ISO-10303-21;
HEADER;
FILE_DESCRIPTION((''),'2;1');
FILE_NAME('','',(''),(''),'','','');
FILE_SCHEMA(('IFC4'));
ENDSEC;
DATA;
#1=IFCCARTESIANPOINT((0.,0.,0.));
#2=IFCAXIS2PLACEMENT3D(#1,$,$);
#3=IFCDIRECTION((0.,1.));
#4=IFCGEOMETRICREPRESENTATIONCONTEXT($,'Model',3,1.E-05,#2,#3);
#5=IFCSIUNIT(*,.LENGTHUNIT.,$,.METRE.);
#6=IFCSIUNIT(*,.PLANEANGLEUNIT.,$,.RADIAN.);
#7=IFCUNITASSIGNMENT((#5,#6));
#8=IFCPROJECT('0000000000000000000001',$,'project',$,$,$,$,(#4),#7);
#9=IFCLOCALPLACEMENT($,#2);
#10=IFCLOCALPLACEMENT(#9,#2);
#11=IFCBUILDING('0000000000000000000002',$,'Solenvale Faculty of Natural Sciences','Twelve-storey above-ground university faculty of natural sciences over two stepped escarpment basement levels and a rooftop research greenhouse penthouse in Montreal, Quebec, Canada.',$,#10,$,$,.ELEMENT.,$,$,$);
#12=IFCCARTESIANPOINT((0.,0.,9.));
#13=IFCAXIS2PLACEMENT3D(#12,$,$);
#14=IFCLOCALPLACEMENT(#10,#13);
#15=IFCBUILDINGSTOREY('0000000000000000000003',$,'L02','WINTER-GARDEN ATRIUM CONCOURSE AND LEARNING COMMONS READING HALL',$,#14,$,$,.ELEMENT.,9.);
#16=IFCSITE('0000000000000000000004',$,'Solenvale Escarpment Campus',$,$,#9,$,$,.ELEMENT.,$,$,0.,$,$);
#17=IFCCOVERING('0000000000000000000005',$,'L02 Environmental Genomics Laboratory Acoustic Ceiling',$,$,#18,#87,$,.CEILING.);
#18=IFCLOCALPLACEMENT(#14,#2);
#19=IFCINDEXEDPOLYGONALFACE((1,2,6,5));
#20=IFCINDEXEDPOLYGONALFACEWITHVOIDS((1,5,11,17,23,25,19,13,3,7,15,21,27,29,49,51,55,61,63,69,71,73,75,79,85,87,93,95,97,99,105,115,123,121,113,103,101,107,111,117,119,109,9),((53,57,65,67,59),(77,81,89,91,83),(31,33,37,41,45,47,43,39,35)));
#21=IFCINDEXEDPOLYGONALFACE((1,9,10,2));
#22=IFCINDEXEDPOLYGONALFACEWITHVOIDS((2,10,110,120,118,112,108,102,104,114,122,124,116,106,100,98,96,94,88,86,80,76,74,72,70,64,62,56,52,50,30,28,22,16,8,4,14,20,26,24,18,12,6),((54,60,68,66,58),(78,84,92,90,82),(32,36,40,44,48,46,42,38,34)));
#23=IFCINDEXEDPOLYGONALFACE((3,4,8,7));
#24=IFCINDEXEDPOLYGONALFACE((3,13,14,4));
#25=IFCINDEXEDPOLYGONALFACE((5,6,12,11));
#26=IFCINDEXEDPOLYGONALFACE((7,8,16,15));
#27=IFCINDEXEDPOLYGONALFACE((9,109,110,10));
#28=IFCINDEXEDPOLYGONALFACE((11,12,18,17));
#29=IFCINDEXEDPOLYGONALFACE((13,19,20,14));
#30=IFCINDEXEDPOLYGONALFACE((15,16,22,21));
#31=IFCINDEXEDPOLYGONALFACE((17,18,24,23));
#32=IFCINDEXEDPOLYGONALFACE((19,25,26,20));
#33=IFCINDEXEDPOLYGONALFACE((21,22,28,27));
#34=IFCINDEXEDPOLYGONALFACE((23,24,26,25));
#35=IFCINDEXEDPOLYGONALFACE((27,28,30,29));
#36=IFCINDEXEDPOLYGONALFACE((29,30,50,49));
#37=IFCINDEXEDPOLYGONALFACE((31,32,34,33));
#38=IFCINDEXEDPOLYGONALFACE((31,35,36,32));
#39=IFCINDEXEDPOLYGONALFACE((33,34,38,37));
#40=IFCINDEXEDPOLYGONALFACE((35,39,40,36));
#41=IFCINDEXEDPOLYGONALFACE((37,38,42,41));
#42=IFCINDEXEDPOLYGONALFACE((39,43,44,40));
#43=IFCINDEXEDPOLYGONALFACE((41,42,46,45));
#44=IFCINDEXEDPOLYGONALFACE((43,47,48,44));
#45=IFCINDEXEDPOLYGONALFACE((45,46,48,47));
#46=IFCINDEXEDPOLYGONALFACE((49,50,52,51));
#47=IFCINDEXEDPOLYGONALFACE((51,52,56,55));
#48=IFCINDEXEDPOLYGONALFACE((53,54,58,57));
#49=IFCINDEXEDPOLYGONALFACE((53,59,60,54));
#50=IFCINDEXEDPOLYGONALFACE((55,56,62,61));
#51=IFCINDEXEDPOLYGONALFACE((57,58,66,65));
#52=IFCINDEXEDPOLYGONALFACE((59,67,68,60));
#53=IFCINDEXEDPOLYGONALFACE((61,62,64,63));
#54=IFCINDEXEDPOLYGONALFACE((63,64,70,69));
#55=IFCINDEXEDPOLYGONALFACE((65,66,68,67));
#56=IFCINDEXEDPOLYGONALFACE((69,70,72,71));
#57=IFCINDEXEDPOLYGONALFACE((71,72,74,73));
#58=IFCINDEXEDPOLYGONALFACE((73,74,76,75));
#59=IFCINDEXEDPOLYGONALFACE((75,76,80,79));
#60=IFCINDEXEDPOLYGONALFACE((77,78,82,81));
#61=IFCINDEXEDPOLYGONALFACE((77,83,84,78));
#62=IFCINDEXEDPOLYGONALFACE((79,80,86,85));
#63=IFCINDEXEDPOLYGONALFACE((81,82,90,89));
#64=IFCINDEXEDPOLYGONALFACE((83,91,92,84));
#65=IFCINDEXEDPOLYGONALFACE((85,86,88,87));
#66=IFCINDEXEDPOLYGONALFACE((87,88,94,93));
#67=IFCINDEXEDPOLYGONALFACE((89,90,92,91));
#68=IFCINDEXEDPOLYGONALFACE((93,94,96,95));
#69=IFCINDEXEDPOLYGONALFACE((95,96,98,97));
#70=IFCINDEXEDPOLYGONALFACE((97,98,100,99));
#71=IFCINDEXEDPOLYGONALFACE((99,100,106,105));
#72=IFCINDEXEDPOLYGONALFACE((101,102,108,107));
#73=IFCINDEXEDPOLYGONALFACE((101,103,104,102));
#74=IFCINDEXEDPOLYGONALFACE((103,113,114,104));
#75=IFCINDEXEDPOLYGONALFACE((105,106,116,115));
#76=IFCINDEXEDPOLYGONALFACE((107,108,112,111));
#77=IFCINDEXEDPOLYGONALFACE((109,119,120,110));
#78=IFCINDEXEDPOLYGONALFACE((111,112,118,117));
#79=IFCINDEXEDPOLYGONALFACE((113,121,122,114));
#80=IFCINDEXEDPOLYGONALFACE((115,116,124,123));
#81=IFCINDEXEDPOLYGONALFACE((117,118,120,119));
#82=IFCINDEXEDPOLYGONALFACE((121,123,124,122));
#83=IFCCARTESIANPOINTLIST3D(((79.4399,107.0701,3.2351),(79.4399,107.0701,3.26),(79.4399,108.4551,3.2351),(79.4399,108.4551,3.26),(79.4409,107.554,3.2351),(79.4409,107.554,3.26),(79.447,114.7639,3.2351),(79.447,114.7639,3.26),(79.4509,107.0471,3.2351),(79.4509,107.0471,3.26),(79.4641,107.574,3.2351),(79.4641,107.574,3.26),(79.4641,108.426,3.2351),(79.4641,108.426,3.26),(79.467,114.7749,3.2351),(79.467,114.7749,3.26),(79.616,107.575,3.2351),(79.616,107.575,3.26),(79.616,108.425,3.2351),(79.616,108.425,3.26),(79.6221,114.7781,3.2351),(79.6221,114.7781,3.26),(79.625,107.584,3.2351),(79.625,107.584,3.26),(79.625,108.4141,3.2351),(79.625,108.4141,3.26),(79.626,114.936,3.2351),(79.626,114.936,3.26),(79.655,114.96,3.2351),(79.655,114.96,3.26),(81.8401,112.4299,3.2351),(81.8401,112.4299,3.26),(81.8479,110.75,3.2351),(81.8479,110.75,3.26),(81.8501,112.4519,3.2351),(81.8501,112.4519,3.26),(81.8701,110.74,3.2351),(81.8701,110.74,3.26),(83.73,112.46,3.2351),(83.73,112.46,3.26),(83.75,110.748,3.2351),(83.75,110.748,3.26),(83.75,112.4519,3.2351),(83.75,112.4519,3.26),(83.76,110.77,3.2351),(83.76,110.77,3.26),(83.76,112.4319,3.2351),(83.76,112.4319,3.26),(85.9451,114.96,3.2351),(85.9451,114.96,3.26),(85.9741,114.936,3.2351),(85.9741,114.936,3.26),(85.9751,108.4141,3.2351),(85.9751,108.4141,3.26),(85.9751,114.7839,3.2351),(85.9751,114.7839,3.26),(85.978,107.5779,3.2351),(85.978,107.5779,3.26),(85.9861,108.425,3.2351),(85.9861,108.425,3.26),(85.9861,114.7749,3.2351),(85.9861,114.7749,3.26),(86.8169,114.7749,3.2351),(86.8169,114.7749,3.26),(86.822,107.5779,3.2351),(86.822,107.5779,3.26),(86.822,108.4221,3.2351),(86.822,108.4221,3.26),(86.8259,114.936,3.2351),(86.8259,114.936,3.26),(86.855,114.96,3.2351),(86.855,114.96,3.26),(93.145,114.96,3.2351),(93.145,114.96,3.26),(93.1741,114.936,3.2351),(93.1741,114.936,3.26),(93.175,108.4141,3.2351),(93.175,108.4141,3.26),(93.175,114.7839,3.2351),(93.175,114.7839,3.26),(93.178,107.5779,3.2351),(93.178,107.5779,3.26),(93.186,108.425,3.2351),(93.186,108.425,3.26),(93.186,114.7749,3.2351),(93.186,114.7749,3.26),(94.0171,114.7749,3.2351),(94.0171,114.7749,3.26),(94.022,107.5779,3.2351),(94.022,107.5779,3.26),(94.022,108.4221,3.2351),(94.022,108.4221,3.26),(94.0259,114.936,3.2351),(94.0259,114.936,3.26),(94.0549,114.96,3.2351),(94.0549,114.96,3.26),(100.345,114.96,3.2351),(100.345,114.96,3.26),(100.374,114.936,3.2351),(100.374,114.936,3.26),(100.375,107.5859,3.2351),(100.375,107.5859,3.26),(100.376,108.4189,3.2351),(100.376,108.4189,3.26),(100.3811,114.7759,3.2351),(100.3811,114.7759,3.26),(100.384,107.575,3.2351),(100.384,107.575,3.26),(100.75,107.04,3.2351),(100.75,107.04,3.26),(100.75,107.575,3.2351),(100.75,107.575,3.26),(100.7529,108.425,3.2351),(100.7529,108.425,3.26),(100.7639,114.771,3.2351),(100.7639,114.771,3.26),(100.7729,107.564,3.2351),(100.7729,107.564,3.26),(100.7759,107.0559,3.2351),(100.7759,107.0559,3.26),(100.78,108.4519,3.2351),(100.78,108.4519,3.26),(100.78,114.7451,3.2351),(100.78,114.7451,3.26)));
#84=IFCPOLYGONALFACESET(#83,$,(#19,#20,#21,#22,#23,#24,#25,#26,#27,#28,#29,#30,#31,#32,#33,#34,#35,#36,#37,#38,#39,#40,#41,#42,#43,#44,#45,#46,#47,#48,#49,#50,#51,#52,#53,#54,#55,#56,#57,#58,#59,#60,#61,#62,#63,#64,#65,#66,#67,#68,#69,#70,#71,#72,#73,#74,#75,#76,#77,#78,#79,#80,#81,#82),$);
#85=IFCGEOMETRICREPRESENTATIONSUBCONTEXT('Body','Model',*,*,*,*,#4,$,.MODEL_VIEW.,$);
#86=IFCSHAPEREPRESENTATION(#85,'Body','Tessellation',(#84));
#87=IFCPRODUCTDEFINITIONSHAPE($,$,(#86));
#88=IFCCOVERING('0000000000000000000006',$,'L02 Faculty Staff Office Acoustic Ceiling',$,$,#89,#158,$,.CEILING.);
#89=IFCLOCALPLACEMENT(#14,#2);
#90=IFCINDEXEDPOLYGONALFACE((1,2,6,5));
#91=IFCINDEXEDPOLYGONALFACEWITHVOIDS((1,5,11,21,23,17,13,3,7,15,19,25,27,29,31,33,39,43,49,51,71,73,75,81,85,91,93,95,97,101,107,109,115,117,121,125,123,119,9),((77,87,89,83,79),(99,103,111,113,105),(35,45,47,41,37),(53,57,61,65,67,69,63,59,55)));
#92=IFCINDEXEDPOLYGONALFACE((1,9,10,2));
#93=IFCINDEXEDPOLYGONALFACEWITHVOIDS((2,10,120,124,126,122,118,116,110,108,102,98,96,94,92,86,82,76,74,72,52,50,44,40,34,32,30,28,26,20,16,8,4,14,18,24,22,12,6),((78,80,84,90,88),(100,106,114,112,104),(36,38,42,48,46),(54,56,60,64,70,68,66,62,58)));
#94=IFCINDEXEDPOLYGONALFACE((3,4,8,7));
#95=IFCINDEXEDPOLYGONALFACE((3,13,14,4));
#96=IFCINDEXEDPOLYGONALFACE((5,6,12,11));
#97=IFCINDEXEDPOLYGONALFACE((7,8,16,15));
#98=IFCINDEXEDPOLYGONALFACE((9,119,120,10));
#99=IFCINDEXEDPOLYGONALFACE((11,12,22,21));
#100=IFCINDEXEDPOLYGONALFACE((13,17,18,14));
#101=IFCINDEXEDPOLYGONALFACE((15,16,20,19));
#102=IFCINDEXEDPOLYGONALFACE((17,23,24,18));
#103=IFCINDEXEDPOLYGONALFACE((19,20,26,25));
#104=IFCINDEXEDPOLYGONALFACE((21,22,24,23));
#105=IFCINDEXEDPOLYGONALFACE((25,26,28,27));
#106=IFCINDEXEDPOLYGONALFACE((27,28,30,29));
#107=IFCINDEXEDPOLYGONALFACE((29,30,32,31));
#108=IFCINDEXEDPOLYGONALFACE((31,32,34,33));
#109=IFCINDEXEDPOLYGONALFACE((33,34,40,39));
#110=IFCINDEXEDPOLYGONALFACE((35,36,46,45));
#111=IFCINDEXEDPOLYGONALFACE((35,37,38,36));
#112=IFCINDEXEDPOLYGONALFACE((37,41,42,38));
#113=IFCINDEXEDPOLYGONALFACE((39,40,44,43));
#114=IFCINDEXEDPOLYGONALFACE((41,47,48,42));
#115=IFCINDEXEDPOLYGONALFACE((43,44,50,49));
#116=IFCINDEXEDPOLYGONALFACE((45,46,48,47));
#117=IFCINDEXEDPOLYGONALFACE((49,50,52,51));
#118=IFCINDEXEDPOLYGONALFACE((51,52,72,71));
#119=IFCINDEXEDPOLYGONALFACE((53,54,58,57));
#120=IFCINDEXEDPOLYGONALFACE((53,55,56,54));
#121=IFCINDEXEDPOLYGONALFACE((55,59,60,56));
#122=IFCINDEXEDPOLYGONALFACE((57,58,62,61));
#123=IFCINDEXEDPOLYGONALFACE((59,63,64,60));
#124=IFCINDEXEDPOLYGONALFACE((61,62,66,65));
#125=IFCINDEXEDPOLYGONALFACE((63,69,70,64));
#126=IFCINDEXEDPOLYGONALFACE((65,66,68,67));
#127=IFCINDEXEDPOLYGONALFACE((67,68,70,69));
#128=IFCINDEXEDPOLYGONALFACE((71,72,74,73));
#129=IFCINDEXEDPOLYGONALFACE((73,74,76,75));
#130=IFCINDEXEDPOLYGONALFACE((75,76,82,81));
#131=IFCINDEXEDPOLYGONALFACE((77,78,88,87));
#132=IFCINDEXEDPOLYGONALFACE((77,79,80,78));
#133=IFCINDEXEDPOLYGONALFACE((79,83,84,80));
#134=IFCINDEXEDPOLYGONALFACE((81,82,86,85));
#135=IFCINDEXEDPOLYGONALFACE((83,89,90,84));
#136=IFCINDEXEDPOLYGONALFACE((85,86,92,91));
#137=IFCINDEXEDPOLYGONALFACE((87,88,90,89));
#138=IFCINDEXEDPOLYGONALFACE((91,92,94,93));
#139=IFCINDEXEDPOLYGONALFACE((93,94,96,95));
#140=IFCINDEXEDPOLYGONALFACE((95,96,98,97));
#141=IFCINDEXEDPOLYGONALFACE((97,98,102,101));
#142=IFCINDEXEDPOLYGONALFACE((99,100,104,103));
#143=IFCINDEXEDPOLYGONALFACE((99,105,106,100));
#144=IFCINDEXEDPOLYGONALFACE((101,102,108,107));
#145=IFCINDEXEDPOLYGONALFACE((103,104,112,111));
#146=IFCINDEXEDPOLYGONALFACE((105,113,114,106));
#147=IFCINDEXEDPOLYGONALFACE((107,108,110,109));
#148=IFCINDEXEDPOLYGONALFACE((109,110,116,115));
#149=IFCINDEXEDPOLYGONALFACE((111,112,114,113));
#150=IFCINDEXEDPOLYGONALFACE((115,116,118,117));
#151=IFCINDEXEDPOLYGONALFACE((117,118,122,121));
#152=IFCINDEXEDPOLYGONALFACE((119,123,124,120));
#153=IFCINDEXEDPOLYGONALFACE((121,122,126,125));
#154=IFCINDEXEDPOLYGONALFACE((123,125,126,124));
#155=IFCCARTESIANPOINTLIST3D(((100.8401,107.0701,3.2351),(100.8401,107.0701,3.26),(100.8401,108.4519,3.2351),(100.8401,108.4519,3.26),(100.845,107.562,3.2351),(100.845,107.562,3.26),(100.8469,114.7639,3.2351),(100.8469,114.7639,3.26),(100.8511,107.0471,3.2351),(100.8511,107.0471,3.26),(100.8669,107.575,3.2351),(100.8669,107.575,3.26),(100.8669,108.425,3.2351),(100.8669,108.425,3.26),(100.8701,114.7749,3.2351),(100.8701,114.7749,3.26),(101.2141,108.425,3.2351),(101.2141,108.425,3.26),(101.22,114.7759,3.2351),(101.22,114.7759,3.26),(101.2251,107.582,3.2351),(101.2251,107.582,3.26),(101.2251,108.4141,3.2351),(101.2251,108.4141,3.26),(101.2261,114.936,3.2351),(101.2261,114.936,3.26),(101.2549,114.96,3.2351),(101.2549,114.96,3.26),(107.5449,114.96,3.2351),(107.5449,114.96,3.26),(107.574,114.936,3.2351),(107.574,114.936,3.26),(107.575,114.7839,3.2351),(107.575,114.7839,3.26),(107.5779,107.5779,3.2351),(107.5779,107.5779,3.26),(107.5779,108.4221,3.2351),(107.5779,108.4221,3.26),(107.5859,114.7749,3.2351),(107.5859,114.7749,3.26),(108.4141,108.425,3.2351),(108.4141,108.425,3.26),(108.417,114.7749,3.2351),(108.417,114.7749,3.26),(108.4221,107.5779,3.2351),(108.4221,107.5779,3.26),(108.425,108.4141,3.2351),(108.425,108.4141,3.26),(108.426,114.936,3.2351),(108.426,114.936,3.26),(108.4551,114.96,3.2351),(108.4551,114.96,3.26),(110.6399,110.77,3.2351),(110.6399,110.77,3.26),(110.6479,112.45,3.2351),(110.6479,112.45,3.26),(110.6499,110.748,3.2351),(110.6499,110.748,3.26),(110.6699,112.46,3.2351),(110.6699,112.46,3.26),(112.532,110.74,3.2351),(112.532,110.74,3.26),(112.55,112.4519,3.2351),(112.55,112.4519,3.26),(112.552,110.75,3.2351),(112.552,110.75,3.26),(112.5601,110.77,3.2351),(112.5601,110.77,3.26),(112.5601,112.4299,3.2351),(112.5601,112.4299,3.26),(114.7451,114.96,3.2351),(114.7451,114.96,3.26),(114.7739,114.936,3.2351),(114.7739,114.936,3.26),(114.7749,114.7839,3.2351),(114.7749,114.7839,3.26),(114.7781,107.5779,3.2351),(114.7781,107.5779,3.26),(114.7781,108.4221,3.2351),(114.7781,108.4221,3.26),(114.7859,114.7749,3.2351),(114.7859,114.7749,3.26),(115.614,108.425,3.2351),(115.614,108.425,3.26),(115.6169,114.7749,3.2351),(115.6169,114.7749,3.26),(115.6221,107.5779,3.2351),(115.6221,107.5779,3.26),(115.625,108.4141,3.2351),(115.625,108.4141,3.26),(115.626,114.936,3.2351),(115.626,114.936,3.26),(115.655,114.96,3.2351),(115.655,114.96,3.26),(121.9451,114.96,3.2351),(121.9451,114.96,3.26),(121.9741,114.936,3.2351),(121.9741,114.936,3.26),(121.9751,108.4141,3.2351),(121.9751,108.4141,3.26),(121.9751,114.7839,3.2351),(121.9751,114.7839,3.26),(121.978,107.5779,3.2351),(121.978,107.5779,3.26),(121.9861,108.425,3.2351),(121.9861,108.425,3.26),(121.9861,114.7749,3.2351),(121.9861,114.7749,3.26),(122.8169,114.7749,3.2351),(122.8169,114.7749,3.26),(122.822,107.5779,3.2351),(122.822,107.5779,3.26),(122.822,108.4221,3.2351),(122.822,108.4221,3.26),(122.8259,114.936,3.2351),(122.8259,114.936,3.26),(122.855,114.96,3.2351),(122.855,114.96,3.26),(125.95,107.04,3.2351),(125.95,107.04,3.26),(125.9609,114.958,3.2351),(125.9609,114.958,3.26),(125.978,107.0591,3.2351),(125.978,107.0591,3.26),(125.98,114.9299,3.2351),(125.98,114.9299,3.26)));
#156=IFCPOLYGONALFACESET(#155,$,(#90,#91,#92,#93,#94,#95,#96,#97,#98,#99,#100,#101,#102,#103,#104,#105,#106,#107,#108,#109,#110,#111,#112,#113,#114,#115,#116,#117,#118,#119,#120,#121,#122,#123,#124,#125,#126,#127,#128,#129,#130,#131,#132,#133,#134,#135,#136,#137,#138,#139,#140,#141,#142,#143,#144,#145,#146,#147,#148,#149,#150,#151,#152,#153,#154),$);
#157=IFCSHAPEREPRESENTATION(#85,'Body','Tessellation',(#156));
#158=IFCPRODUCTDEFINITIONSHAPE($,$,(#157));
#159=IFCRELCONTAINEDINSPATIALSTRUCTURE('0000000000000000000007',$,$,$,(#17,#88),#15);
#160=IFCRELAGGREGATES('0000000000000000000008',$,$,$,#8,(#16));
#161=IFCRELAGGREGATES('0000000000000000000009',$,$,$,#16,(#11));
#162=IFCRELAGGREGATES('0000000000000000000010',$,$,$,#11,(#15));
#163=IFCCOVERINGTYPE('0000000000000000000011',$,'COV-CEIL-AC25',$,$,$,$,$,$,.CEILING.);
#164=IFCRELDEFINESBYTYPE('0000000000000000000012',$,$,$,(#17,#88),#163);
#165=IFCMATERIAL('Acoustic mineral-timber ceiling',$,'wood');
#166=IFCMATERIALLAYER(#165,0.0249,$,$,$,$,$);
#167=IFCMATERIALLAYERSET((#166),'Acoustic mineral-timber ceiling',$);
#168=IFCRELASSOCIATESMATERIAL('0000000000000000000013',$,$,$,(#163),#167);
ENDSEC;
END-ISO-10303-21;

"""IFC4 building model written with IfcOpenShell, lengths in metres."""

from ifc_helpers import new_model, si_unit, direction, frame, origin, place, context, subcontext, project, spatial, polyline, outline, extrude, material, layer, layer_set, type_object, element, save


model = new_model("IFC4")

# Units and contexts
model_context = context("Model", 3, precision=1e-05, world=origin(), true_north=direction((0.0, 1.0)))
body_context = subcontext(model_context, "Body", "Model", "MODEL_VIEW")
ifc_project = project(units=[si_unit("LENGTHUNIT", "METRE"), si_unit("PLANEANGLEUNIT", "RADIAN")], contexts=[model_context])

# Site, building, storey
site_placement = place(None, origin())
site = spatial("IfcSite", under=ifc_project, at=site_placement, Name="Solenvale Escarpment Campus", CompositionType="ELEMENT", RefElevation=0.0)
building_placement = place(site_placement, origin())
building = spatial("IfcBuilding", under=site, at=building_placement, Name="Solenvale Faculty of Natural Sciences", Description="Twelve-storey above-ground university faculty of natural sciences over two stepped escarpment basement levels and a rooftop research greenhouse penthouse in Montreal, Quebec, Canada.", CompositionType="ELEMENT")
storey_placement = place(building_placement, frame((0.0, 0.0, 9.0)))
storey = spatial("IfcBuildingStorey", under=building, at=storey_placement, Name="L02", Description="WINTER-GARDEN ATRIUM CONCOURSE AND LEARNING COMMONS READING HALL", CompositionType="ELEMENT", Elevation=9.0)

# Coverings
ifc_material_1 = material(Name="Acoustic mineral-timber ceiling", Category="wood")
ifc_layer_1 = layer(ifc_material_1, 0.0249)
ifc_layer_set_1 = layer_set([ifc_layer_1], Name="Acoustic mineral-timber ceiling")
covering_type_1 = type_object("IfcCoveringType", Name="COV-CEIL-AC25", PredefinedType="CEILING", material=ifc_layer_set_1)
covering_1_placement = place(storey_placement, frame((0.0, 0.0, 3.2351)))
element("IfcCovering", 1, at=covering_1_placement, inside=storey, type_object=covering_type_1, Name="L02 Environmental Genomics Laboratory Acoustic Ceiling", PredefinedType="CEILING", context=body_context, shape_type="SweptSolid", body=[
    extrude(outline(polyline([(85.9451, 114.96), (85.9741, 114.936), (85.9751, 114.7839), (85.9861, 114.7749), (86.8169, 114.7749), (86.8259, 114.936), (86.855, 114.96), (93.145, 114.96), (93.1741, 114.936), (93.175, 114.7839), (93.186, 114.7749), (94.0171, 114.7749), (94.0259, 114.936), (94.0549, 114.96), (100.345, 114.96), (100.374, 114.936), (100.3811, 114.7759), (100.7639, 114.771), (100.78, 114.7451), (100.78, 108.4519), (100.7529, 108.425), (100.376, 108.4189), (100.375, 107.5859), (100.384, 107.575), (100.75, 107.575), (100.7729, 107.564), (100.7759, 107.0559), (100.75, 107.04), (79.4509, 107.0471), (79.4399, 107.0701), (79.4409, 107.554), (79.4641, 107.574), (79.616, 107.575), (79.625, 107.584), (79.625, 108.4141), (79.616, 108.425), (79.4641, 108.426), (79.4399, 108.4551), (79.447, 114.7639), (79.467, 114.7749), (79.6221, 114.7781), (79.626, 114.936), (79.655, 114.96), (85.9451, 114.96)]), holes=[polyline([(93.186, 108.425), (93.175, 108.4141), (93.178, 107.5779), (94.022, 107.5779), (94.022, 108.4221), (93.186, 108.425)]), polyline([(85.9861, 108.425), (85.9751, 108.4141), (85.978, 107.5779), (86.822, 107.5779), (86.822, 108.4221), (85.9861, 108.425)]), polyline([(83.76, 112.4319), (83.75, 112.4519), (83.73, 112.46), (81.8501, 112.4519), (81.8401, 112.4299), (81.8479, 110.75), (81.8701, 110.74), (83.75, 110.748), (83.76, 110.77), (83.76, 112.4319)])]), origin(), (0.0, 0.0, 1.0), 0.0249),
])
covering_2_placement = place(storey_placement, frame((0.0, 0.0, 3.2351)))
element("IfcCovering", 2, at=covering_2_placement, inside=storey, type_object=covering_type_1, Name="L02 Faculty Staff Office Acoustic Ceiling", PredefinedType="CEILING", context=body_context, shape_type="SweptSolid", body=[
    extrude(outline(polyline([(107.5449, 114.96), (107.574, 114.936), (107.575, 114.7839), (107.5859, 114.7749), (108.417, 114.7749), (108.426, 114.936), (108.4551, 114.96), (114.7451, 114.96), (114.7739, 114.936), (114.7749, 114.7839), (114.7859, 114.7749), (115.6169, 114.7749), (115.626, 114.936), (115.655, 114.96), (121.9451, 114.96), (121.9741, 114.936), (121.9751, 114.7839), (121.9861, 114.7749), (122.8169, 114.7749), (122.8259, 114.936), (122.855, 114.96), (125.9609, 114.958), (125.98, 114.9299), (125.978, 107.0591), (125.95, 107.04), (100.8511, 107.0471), (100.8401, 107.0701), (100.845, 107.562), (100.8669, 107.575), (101.2251, 107.582), (101.2251, 108.4141), (101.2141, 108.425), (100.8669, 108.425), (100.8401, 108.4519), (100.8469, 114.7639), (100.8701, 114.7749), (101.22, 114.7759), (101.2261, 114.936), (101.2549, 114.96), (107.5449, 114.96)]), holes=[polyline([(121.9861, 108.425), (121.9751, 108.4141), (121.978, 107.5779), (122.822, 107.5779), (122.822, 108.4221), (121.9861, 108.425)]), polyline([(115.625, 108.4141), (115.614, 108.425), (114.7781, 108.4221), (114.7781, 107.5779), (115.6221, 107.5779), (115.625, 108.4141)]), polyline([(112.532, 110.74), (112.552, 110.75), (112.5601, 110.77), (112.5601, 112.4299), (112.55, 112.4519), (110.6699, 112.46), (110.6479, 112.45), (110.6399, 110.77), (110.6499, 110.748), (112.532, 110.74)]), polyline([(108.425, 108.4141), (108.4141, 108.425), (107.5779, 108.4221), (107.5779, 107.5779), (108.4221, 107.5779), (108.425, 108.4141)])]), origin(), (0.0, 0.0, 1.0), 0.0249),
])

save(model, "model.ifc")
